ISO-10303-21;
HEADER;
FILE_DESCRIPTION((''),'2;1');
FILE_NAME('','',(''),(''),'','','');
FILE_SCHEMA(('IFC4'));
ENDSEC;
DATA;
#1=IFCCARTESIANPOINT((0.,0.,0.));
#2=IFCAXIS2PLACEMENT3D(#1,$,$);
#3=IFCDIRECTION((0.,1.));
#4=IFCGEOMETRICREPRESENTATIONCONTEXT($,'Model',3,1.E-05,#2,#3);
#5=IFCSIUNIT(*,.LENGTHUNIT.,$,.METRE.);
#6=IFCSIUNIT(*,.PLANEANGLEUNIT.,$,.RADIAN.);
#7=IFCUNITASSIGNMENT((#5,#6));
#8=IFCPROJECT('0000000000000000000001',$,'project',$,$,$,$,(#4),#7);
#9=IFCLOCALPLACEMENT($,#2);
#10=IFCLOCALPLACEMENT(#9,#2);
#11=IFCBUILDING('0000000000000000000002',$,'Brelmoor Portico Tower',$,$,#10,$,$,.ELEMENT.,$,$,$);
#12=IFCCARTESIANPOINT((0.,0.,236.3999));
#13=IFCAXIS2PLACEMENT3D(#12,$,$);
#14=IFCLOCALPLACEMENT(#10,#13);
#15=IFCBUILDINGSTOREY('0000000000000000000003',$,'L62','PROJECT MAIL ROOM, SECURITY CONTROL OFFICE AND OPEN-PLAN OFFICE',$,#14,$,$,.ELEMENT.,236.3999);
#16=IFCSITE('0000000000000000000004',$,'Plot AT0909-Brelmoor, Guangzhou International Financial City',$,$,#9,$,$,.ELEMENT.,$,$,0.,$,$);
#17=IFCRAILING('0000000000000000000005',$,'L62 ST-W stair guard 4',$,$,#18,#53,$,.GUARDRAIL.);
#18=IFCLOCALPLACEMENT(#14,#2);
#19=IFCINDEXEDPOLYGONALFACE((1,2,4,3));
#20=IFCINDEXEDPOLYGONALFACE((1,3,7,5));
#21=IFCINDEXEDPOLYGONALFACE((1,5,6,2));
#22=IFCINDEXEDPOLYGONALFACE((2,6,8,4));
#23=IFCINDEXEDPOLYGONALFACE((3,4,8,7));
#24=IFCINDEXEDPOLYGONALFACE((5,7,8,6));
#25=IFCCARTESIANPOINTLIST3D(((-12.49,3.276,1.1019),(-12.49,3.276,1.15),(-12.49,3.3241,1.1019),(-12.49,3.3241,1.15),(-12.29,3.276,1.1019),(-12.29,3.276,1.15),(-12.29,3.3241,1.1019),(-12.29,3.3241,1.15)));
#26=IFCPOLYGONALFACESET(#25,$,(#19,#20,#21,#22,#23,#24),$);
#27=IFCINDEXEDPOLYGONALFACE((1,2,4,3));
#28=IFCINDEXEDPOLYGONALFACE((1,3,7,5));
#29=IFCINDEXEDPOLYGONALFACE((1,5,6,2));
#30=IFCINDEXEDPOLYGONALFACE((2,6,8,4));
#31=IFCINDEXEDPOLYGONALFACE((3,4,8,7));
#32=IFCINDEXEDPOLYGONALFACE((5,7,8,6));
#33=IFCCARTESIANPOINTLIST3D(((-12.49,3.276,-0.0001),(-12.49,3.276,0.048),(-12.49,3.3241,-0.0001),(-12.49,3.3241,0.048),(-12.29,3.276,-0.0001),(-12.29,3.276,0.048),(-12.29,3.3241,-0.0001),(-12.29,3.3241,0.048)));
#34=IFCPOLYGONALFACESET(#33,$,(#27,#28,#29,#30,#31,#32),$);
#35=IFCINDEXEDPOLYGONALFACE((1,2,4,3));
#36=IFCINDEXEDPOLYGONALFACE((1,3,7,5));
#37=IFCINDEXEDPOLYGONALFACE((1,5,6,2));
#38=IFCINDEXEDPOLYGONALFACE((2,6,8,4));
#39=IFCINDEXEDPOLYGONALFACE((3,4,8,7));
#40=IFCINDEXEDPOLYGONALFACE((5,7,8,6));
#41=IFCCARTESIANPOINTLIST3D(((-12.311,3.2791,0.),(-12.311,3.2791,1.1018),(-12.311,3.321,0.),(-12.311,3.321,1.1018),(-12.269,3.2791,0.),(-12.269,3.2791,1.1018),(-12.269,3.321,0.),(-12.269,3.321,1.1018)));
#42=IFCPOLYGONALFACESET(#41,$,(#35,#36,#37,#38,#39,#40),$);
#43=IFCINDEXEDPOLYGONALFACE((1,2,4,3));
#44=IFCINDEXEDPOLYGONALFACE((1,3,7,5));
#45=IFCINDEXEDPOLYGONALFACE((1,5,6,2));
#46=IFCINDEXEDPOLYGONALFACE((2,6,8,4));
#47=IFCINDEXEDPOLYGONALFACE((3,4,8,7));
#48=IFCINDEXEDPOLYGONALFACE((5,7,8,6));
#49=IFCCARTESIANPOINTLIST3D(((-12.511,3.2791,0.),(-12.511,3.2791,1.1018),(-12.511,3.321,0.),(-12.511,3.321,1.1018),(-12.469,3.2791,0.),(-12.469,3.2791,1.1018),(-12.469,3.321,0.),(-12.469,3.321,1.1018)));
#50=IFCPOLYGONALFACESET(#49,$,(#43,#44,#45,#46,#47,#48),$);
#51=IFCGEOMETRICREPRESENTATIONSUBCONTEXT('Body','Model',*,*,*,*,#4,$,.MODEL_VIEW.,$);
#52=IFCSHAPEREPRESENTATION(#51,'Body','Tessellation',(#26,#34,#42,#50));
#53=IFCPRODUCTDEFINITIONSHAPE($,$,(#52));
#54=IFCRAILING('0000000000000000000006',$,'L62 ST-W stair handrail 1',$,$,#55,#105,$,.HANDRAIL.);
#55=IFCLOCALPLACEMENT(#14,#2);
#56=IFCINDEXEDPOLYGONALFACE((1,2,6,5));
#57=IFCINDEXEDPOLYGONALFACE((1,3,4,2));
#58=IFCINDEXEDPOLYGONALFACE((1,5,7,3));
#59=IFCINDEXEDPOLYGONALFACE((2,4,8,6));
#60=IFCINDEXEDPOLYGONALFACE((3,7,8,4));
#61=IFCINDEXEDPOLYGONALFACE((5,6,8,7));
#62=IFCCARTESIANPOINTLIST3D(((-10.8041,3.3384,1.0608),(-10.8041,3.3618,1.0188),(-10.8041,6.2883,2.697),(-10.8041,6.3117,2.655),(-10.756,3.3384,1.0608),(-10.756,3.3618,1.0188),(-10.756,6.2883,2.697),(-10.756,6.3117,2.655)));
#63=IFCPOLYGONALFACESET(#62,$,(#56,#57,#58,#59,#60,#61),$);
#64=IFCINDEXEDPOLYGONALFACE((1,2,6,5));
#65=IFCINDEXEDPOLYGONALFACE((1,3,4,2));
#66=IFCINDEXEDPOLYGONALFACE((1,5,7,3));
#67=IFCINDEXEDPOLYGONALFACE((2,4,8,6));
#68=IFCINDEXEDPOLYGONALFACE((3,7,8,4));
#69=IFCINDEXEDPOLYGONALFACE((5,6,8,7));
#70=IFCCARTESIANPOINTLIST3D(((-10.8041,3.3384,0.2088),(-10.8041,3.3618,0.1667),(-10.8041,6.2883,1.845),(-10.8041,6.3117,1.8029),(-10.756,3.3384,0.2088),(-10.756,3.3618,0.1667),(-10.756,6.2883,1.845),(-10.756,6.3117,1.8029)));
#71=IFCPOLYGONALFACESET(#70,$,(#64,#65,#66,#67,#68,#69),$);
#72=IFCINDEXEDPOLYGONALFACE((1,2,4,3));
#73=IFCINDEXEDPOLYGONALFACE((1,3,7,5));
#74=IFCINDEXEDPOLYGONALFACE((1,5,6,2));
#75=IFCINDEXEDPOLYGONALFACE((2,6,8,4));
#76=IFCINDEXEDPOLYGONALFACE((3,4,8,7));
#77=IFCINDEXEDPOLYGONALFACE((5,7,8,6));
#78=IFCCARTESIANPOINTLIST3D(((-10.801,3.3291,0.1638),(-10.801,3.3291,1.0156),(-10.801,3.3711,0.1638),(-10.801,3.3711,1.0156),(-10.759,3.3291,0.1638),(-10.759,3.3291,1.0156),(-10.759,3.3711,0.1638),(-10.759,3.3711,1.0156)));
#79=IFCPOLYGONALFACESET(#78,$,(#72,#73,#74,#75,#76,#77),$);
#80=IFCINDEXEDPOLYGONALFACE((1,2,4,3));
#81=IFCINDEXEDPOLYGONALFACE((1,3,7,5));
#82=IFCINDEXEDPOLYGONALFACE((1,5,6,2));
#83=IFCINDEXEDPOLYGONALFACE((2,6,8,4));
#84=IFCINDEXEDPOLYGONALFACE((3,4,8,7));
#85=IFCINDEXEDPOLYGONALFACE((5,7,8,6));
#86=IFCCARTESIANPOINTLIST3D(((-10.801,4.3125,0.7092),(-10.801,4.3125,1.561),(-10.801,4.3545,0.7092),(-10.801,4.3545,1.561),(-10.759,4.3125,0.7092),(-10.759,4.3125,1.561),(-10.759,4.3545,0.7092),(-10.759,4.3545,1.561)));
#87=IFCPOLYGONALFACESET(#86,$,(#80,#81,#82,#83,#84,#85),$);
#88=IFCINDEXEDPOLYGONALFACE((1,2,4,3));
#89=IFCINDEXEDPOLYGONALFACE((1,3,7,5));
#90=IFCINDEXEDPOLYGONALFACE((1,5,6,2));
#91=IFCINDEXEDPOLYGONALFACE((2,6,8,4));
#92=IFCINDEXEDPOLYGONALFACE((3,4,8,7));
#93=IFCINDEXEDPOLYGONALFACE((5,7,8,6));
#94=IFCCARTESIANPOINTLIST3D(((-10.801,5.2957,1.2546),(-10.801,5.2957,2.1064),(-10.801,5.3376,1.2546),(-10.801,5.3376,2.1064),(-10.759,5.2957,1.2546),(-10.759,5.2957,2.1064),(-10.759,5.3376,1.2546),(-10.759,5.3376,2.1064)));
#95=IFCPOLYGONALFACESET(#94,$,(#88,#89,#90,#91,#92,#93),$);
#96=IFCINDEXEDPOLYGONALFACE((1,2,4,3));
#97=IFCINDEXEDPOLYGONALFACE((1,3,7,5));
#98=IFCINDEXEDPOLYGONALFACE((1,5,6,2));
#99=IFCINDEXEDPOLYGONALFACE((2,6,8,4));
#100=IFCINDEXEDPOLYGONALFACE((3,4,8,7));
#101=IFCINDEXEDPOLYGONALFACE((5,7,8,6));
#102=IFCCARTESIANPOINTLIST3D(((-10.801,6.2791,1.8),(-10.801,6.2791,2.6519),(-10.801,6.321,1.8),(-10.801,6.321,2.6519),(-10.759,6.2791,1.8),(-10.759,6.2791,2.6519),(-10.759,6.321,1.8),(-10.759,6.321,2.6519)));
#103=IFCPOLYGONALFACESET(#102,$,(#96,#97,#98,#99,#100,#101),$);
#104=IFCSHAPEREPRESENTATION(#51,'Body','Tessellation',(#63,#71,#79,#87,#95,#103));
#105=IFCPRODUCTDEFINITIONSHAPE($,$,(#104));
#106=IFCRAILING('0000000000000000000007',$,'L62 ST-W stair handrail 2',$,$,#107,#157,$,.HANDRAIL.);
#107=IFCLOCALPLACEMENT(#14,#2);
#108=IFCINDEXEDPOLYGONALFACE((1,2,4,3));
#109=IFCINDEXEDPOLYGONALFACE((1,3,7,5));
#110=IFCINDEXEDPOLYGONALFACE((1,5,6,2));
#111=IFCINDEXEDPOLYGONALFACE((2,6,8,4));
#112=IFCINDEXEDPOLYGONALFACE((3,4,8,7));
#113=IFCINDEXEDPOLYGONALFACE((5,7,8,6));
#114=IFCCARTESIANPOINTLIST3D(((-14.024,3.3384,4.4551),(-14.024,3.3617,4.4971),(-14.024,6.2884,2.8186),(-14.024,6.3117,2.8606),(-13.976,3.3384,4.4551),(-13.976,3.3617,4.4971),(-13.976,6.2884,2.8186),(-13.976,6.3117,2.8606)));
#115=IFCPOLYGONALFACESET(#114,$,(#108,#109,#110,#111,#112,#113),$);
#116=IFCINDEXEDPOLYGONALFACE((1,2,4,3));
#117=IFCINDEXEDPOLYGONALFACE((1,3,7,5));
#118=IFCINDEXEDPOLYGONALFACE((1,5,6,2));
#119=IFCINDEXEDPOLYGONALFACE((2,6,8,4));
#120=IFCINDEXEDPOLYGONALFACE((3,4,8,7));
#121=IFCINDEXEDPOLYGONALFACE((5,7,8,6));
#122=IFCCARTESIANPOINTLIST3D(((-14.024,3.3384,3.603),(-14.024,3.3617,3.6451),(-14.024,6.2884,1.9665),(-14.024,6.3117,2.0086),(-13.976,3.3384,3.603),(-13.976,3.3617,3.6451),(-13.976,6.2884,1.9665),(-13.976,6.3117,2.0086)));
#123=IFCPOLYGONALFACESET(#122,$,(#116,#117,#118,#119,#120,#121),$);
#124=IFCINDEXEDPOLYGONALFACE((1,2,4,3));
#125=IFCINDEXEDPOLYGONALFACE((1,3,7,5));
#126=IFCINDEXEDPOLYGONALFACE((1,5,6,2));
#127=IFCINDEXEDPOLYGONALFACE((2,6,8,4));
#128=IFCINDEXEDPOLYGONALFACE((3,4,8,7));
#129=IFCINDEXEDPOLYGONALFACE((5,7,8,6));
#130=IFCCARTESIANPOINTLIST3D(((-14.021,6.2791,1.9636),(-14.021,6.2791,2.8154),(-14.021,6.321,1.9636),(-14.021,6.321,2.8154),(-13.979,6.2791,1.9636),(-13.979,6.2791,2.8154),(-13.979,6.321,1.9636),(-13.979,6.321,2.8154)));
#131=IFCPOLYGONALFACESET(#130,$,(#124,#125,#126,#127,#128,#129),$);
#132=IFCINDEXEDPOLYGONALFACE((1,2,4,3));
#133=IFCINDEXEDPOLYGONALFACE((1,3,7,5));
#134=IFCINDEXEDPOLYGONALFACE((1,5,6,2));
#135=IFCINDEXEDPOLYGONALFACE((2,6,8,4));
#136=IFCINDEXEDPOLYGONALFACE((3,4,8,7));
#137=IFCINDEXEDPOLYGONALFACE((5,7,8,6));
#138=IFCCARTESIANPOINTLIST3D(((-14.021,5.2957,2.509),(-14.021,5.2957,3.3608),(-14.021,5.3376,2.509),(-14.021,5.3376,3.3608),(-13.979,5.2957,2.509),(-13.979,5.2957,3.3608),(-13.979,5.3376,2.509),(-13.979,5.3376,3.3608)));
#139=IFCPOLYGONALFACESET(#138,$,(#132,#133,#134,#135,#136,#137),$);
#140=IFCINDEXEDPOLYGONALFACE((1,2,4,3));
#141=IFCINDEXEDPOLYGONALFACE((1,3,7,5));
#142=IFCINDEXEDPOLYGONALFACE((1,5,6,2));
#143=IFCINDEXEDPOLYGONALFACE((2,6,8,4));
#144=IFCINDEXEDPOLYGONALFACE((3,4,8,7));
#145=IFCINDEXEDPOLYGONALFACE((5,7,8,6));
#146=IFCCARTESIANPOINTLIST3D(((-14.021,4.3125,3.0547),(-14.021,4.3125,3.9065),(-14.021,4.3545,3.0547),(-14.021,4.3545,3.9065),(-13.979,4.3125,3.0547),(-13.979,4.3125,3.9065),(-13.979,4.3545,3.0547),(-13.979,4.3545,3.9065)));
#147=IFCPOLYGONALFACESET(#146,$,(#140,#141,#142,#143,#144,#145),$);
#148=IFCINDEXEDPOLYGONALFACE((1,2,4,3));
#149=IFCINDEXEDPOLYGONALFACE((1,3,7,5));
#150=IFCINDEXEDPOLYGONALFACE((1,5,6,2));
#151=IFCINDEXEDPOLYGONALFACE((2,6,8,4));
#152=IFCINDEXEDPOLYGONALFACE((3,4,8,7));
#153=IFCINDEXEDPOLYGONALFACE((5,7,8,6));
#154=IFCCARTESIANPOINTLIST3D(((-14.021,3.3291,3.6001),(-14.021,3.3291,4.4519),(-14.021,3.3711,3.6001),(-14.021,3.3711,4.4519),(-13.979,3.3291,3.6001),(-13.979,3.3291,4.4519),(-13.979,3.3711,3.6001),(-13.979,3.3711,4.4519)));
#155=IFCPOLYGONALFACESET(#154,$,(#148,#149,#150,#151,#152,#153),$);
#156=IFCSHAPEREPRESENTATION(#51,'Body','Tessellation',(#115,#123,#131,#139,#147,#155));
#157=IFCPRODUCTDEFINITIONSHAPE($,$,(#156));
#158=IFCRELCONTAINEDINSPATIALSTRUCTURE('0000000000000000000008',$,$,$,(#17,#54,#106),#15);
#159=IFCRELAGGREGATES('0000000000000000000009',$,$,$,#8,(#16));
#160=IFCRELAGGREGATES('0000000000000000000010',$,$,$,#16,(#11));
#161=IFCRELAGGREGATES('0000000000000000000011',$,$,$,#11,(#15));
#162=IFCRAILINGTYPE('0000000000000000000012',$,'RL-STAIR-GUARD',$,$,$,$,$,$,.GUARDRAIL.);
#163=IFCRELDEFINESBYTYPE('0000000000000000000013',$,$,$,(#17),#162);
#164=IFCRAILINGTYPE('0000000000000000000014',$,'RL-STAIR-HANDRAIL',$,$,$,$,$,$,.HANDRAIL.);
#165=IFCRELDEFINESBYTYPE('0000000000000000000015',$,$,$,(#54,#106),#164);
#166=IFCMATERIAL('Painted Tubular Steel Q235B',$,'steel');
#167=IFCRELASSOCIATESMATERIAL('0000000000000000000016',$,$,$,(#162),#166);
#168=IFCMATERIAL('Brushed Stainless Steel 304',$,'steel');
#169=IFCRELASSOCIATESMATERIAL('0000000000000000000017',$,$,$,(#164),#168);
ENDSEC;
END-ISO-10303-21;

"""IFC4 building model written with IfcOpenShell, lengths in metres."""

from ifc_helpers import new_model, si_unit, direction, frame, origin, origin_2d, place, context, subcontext, project, spatial, rectangle, extrude, material, type_object, element, save


model = new_model("IFC4")

# Units and contexts
model_context = context("Model", 3, precision=1e-05, world=origin(), true_north=direction((0.0, 1.0)))
body_context = subcontext(model_context, "Body", "Model", "MODEL_VIEW")
ifc_project = project(units=[si_unit("LENGTHUNIT", "METRE"), si_unit("PLANEANGLEUNIT", "RADIAN")], contexts=[model_context])

# Site, building, storey
site_placement = place(None, origin())
site = spatial("IfcSite", under=ifc_project, at=site_placement, Name="Plot AT0909-Brelmoor, Guangzhou International Financial City", CompositionType="ELEMENT", RefElevation=0.0)
building_placement = place(site_placement, origin())
building = spatial("IfcBuilding", under=site, at=building_placement, Name="Brelmoor Portico Tower", CompositionType="ELEMENT")
storey_placement = place(building_placement, frame((0.0, 0.0, 236.3999)))
storey = spatial("IfcBuildingStorey", under=building, at=storey_placement, Name="L62", Description="PROJECT MAIL ROOM, SECURITY CONTROL OFFICE AND OPEN-PLAN OFFICE", CompositionType="ELEMENT", Elevation=236.3999)

# Railings
ifc_material_1 = material(Name="Painted Tubular Steel Q235B", Category="steel")
railing_type_1 = type_object("IfcRailingType", Name="RL-STAIR-GUARD", PredefinedType="GUARDRAIL", material=ifc_material_1)
railing_1_placement = place(storey_placement, frame((-12.29, 3.3, 0.0)))
element("IfcRailing", 1, at=railing_1_placement, inside=storey, type_object=railing_type_1, Name="L62 ST-W stair guard 4", PredefinedType="GUARDRAIL", context=body_context, shape_type="SweptSolid", body=[
    extrude(rectangle(XDim=0.0481, YDim=0.0481, at=origin_2d()), frame((0.0, 0.0, 1.126), z_axis=(-1.0, 0.0, 0.0), x_axis=(0.0, -1.0, 0.0)), (0.0, 0.0, 1.0), 0.2),
    extrude(rectangle(XDim=0.0481, YDim=0.0481, at=origin_2d()), frame((0.0, 0.0, 0.0239), z_axis=(-1.0, 0.0, 0.0), x_axis=(0.0, -1.0, 0.0)), (0.0, 0.0, 1.0), 0.2),
    extrude(rectangle(XDim=0.042, YDim=0.042, at=origin_2d()), origin(), (0.0, 0.0, 1.0), 1.1018),
    extrude(rectangle(XDim=0.042, YDim=0.042, at=origin_2d()), frame((-0.2, 0.0, 0.0)), (0.0, 0.0, 1.0), 1.1018),
])
ifc_material_2 = material(Name="Brushed Stainless Steel 304", Category="steel")
railing_type_2 = type_object("IfcRailingType", Name="RL-STAIR-HANDRAIL", PredefinedType="HANDRAIL", material=ifc_material_2)
railing_2_placement = place(storey_placement, frame((-10.78, 3.3501, 0.1638)))
element("IfcRailing", 2, at=railing_2_placement, inside=storey, type_object=railing_type_2, Name="L62 ST-W stair handrail 1", PredefinedType="HANDRAIL", context=body_context, shape_type="SweptSolid", body=[
    extrude(rectangle(XDim=0.0481, YDim=0.0481, at=origin_2d()), frame((0.0, 0.0, 0.876), z_axis=(0.0, 0.874488, 0.485047), x_axis=(-1.0, 0.0, 0.0)), (0.0, 0.0, 1.0), 3.3733),
    extrude(rectangle(XDim=0.0481, YDim=0.0481, at=origin_2d()), frame((0.0, 0.0, 0.0239), z_axis=(0.0, 0.874488, 0.485047), x_axis=(-1.0, 0.0, 0.0)), (0.0, 0.0, 1.0), 3.3733),
    extrude(rectangle(XDim=0.042, YDim=0.042, at=origin_2d()), origin(), (0.0, 0.0, 1.0), 0.8518),
    extrude(rectangle(XDim=0.042, YDim=0.042, at=origin_2d()), frame((0.0, 0.9834, 0.5454)), (0.0, 0.0, 1.0), 0.8518),
    extrude(rectangle(XDim=0.042, YDim=0.042, at=origin_2d()), frame((0.0, 1.9666, 1.0908)), (0.0, 0.0, 1.0), 0.8518),
    extrude(rectangle(XDim=0.042, YDim=0.042, at=origin_2d()), frame((0.0, 2.95, 1.6362)), (0.0, 0.0, 1.0), 0.8518),
])
railing_3_placement = place(storey_placement, frame((-14.0, 6.3, 1.9636)))
element("IfcRailing", 3, at=railing_3_placement, inside=storey, type_object=railing_type_2, Name="L62 ST-W stair handrail 2", PredefinedType="HANDRAIL", context=body_context, shape_type="SweptSolid", body=[
    extrude(rectangle(XDim=0.0481, YDim=0.0481, at=origin_2d()), frame((0.0, 0.0, 0.876), z_axis=(0.0, -0.874458, 0.485102), x_axis=(1.0, 0.0, 0.0)), (0.0, 0.0, 1.0), 3.3735),
    extrude(rectangle(XDim=0.0481, YDim=0.0481, at=origin_2d()), frame((0.0, 0.0, 0.0239), z_axis=(0.0, -0.874458, 0.485102), x_axis=(1.0, 0.0, 0.0)), (0.0, 0.0, 1.0), 3.3735),
    extrude(rectangle(XDim=0.042, YDim=0.042, at=origin_2d()), origin(), (0.0, 0.0, 1.0), 0.8518),
    extrude(rectangle(XDim=0.042, YDim=0.042, at=origin_2d()), frame((0.0, -0.9834, 0.5454)), (0.0, 0.0, 1.0), 0.8518),
    extrude(rectangle(XDim=0.042, YDim=0.042, at=origin_2d()), frame((0.0, -1.9666, 1.0911)), (0.0, 0.0, 1.0), 0.8518),
    extrude(rectangle(XDim=0.042, YDim=0.042, at=origin_2d()), frame((0.0, -2.95, 1.6365)), (0.0, 0.0, 1.0), 0.8518),
])

save(model, "model.ifc")
